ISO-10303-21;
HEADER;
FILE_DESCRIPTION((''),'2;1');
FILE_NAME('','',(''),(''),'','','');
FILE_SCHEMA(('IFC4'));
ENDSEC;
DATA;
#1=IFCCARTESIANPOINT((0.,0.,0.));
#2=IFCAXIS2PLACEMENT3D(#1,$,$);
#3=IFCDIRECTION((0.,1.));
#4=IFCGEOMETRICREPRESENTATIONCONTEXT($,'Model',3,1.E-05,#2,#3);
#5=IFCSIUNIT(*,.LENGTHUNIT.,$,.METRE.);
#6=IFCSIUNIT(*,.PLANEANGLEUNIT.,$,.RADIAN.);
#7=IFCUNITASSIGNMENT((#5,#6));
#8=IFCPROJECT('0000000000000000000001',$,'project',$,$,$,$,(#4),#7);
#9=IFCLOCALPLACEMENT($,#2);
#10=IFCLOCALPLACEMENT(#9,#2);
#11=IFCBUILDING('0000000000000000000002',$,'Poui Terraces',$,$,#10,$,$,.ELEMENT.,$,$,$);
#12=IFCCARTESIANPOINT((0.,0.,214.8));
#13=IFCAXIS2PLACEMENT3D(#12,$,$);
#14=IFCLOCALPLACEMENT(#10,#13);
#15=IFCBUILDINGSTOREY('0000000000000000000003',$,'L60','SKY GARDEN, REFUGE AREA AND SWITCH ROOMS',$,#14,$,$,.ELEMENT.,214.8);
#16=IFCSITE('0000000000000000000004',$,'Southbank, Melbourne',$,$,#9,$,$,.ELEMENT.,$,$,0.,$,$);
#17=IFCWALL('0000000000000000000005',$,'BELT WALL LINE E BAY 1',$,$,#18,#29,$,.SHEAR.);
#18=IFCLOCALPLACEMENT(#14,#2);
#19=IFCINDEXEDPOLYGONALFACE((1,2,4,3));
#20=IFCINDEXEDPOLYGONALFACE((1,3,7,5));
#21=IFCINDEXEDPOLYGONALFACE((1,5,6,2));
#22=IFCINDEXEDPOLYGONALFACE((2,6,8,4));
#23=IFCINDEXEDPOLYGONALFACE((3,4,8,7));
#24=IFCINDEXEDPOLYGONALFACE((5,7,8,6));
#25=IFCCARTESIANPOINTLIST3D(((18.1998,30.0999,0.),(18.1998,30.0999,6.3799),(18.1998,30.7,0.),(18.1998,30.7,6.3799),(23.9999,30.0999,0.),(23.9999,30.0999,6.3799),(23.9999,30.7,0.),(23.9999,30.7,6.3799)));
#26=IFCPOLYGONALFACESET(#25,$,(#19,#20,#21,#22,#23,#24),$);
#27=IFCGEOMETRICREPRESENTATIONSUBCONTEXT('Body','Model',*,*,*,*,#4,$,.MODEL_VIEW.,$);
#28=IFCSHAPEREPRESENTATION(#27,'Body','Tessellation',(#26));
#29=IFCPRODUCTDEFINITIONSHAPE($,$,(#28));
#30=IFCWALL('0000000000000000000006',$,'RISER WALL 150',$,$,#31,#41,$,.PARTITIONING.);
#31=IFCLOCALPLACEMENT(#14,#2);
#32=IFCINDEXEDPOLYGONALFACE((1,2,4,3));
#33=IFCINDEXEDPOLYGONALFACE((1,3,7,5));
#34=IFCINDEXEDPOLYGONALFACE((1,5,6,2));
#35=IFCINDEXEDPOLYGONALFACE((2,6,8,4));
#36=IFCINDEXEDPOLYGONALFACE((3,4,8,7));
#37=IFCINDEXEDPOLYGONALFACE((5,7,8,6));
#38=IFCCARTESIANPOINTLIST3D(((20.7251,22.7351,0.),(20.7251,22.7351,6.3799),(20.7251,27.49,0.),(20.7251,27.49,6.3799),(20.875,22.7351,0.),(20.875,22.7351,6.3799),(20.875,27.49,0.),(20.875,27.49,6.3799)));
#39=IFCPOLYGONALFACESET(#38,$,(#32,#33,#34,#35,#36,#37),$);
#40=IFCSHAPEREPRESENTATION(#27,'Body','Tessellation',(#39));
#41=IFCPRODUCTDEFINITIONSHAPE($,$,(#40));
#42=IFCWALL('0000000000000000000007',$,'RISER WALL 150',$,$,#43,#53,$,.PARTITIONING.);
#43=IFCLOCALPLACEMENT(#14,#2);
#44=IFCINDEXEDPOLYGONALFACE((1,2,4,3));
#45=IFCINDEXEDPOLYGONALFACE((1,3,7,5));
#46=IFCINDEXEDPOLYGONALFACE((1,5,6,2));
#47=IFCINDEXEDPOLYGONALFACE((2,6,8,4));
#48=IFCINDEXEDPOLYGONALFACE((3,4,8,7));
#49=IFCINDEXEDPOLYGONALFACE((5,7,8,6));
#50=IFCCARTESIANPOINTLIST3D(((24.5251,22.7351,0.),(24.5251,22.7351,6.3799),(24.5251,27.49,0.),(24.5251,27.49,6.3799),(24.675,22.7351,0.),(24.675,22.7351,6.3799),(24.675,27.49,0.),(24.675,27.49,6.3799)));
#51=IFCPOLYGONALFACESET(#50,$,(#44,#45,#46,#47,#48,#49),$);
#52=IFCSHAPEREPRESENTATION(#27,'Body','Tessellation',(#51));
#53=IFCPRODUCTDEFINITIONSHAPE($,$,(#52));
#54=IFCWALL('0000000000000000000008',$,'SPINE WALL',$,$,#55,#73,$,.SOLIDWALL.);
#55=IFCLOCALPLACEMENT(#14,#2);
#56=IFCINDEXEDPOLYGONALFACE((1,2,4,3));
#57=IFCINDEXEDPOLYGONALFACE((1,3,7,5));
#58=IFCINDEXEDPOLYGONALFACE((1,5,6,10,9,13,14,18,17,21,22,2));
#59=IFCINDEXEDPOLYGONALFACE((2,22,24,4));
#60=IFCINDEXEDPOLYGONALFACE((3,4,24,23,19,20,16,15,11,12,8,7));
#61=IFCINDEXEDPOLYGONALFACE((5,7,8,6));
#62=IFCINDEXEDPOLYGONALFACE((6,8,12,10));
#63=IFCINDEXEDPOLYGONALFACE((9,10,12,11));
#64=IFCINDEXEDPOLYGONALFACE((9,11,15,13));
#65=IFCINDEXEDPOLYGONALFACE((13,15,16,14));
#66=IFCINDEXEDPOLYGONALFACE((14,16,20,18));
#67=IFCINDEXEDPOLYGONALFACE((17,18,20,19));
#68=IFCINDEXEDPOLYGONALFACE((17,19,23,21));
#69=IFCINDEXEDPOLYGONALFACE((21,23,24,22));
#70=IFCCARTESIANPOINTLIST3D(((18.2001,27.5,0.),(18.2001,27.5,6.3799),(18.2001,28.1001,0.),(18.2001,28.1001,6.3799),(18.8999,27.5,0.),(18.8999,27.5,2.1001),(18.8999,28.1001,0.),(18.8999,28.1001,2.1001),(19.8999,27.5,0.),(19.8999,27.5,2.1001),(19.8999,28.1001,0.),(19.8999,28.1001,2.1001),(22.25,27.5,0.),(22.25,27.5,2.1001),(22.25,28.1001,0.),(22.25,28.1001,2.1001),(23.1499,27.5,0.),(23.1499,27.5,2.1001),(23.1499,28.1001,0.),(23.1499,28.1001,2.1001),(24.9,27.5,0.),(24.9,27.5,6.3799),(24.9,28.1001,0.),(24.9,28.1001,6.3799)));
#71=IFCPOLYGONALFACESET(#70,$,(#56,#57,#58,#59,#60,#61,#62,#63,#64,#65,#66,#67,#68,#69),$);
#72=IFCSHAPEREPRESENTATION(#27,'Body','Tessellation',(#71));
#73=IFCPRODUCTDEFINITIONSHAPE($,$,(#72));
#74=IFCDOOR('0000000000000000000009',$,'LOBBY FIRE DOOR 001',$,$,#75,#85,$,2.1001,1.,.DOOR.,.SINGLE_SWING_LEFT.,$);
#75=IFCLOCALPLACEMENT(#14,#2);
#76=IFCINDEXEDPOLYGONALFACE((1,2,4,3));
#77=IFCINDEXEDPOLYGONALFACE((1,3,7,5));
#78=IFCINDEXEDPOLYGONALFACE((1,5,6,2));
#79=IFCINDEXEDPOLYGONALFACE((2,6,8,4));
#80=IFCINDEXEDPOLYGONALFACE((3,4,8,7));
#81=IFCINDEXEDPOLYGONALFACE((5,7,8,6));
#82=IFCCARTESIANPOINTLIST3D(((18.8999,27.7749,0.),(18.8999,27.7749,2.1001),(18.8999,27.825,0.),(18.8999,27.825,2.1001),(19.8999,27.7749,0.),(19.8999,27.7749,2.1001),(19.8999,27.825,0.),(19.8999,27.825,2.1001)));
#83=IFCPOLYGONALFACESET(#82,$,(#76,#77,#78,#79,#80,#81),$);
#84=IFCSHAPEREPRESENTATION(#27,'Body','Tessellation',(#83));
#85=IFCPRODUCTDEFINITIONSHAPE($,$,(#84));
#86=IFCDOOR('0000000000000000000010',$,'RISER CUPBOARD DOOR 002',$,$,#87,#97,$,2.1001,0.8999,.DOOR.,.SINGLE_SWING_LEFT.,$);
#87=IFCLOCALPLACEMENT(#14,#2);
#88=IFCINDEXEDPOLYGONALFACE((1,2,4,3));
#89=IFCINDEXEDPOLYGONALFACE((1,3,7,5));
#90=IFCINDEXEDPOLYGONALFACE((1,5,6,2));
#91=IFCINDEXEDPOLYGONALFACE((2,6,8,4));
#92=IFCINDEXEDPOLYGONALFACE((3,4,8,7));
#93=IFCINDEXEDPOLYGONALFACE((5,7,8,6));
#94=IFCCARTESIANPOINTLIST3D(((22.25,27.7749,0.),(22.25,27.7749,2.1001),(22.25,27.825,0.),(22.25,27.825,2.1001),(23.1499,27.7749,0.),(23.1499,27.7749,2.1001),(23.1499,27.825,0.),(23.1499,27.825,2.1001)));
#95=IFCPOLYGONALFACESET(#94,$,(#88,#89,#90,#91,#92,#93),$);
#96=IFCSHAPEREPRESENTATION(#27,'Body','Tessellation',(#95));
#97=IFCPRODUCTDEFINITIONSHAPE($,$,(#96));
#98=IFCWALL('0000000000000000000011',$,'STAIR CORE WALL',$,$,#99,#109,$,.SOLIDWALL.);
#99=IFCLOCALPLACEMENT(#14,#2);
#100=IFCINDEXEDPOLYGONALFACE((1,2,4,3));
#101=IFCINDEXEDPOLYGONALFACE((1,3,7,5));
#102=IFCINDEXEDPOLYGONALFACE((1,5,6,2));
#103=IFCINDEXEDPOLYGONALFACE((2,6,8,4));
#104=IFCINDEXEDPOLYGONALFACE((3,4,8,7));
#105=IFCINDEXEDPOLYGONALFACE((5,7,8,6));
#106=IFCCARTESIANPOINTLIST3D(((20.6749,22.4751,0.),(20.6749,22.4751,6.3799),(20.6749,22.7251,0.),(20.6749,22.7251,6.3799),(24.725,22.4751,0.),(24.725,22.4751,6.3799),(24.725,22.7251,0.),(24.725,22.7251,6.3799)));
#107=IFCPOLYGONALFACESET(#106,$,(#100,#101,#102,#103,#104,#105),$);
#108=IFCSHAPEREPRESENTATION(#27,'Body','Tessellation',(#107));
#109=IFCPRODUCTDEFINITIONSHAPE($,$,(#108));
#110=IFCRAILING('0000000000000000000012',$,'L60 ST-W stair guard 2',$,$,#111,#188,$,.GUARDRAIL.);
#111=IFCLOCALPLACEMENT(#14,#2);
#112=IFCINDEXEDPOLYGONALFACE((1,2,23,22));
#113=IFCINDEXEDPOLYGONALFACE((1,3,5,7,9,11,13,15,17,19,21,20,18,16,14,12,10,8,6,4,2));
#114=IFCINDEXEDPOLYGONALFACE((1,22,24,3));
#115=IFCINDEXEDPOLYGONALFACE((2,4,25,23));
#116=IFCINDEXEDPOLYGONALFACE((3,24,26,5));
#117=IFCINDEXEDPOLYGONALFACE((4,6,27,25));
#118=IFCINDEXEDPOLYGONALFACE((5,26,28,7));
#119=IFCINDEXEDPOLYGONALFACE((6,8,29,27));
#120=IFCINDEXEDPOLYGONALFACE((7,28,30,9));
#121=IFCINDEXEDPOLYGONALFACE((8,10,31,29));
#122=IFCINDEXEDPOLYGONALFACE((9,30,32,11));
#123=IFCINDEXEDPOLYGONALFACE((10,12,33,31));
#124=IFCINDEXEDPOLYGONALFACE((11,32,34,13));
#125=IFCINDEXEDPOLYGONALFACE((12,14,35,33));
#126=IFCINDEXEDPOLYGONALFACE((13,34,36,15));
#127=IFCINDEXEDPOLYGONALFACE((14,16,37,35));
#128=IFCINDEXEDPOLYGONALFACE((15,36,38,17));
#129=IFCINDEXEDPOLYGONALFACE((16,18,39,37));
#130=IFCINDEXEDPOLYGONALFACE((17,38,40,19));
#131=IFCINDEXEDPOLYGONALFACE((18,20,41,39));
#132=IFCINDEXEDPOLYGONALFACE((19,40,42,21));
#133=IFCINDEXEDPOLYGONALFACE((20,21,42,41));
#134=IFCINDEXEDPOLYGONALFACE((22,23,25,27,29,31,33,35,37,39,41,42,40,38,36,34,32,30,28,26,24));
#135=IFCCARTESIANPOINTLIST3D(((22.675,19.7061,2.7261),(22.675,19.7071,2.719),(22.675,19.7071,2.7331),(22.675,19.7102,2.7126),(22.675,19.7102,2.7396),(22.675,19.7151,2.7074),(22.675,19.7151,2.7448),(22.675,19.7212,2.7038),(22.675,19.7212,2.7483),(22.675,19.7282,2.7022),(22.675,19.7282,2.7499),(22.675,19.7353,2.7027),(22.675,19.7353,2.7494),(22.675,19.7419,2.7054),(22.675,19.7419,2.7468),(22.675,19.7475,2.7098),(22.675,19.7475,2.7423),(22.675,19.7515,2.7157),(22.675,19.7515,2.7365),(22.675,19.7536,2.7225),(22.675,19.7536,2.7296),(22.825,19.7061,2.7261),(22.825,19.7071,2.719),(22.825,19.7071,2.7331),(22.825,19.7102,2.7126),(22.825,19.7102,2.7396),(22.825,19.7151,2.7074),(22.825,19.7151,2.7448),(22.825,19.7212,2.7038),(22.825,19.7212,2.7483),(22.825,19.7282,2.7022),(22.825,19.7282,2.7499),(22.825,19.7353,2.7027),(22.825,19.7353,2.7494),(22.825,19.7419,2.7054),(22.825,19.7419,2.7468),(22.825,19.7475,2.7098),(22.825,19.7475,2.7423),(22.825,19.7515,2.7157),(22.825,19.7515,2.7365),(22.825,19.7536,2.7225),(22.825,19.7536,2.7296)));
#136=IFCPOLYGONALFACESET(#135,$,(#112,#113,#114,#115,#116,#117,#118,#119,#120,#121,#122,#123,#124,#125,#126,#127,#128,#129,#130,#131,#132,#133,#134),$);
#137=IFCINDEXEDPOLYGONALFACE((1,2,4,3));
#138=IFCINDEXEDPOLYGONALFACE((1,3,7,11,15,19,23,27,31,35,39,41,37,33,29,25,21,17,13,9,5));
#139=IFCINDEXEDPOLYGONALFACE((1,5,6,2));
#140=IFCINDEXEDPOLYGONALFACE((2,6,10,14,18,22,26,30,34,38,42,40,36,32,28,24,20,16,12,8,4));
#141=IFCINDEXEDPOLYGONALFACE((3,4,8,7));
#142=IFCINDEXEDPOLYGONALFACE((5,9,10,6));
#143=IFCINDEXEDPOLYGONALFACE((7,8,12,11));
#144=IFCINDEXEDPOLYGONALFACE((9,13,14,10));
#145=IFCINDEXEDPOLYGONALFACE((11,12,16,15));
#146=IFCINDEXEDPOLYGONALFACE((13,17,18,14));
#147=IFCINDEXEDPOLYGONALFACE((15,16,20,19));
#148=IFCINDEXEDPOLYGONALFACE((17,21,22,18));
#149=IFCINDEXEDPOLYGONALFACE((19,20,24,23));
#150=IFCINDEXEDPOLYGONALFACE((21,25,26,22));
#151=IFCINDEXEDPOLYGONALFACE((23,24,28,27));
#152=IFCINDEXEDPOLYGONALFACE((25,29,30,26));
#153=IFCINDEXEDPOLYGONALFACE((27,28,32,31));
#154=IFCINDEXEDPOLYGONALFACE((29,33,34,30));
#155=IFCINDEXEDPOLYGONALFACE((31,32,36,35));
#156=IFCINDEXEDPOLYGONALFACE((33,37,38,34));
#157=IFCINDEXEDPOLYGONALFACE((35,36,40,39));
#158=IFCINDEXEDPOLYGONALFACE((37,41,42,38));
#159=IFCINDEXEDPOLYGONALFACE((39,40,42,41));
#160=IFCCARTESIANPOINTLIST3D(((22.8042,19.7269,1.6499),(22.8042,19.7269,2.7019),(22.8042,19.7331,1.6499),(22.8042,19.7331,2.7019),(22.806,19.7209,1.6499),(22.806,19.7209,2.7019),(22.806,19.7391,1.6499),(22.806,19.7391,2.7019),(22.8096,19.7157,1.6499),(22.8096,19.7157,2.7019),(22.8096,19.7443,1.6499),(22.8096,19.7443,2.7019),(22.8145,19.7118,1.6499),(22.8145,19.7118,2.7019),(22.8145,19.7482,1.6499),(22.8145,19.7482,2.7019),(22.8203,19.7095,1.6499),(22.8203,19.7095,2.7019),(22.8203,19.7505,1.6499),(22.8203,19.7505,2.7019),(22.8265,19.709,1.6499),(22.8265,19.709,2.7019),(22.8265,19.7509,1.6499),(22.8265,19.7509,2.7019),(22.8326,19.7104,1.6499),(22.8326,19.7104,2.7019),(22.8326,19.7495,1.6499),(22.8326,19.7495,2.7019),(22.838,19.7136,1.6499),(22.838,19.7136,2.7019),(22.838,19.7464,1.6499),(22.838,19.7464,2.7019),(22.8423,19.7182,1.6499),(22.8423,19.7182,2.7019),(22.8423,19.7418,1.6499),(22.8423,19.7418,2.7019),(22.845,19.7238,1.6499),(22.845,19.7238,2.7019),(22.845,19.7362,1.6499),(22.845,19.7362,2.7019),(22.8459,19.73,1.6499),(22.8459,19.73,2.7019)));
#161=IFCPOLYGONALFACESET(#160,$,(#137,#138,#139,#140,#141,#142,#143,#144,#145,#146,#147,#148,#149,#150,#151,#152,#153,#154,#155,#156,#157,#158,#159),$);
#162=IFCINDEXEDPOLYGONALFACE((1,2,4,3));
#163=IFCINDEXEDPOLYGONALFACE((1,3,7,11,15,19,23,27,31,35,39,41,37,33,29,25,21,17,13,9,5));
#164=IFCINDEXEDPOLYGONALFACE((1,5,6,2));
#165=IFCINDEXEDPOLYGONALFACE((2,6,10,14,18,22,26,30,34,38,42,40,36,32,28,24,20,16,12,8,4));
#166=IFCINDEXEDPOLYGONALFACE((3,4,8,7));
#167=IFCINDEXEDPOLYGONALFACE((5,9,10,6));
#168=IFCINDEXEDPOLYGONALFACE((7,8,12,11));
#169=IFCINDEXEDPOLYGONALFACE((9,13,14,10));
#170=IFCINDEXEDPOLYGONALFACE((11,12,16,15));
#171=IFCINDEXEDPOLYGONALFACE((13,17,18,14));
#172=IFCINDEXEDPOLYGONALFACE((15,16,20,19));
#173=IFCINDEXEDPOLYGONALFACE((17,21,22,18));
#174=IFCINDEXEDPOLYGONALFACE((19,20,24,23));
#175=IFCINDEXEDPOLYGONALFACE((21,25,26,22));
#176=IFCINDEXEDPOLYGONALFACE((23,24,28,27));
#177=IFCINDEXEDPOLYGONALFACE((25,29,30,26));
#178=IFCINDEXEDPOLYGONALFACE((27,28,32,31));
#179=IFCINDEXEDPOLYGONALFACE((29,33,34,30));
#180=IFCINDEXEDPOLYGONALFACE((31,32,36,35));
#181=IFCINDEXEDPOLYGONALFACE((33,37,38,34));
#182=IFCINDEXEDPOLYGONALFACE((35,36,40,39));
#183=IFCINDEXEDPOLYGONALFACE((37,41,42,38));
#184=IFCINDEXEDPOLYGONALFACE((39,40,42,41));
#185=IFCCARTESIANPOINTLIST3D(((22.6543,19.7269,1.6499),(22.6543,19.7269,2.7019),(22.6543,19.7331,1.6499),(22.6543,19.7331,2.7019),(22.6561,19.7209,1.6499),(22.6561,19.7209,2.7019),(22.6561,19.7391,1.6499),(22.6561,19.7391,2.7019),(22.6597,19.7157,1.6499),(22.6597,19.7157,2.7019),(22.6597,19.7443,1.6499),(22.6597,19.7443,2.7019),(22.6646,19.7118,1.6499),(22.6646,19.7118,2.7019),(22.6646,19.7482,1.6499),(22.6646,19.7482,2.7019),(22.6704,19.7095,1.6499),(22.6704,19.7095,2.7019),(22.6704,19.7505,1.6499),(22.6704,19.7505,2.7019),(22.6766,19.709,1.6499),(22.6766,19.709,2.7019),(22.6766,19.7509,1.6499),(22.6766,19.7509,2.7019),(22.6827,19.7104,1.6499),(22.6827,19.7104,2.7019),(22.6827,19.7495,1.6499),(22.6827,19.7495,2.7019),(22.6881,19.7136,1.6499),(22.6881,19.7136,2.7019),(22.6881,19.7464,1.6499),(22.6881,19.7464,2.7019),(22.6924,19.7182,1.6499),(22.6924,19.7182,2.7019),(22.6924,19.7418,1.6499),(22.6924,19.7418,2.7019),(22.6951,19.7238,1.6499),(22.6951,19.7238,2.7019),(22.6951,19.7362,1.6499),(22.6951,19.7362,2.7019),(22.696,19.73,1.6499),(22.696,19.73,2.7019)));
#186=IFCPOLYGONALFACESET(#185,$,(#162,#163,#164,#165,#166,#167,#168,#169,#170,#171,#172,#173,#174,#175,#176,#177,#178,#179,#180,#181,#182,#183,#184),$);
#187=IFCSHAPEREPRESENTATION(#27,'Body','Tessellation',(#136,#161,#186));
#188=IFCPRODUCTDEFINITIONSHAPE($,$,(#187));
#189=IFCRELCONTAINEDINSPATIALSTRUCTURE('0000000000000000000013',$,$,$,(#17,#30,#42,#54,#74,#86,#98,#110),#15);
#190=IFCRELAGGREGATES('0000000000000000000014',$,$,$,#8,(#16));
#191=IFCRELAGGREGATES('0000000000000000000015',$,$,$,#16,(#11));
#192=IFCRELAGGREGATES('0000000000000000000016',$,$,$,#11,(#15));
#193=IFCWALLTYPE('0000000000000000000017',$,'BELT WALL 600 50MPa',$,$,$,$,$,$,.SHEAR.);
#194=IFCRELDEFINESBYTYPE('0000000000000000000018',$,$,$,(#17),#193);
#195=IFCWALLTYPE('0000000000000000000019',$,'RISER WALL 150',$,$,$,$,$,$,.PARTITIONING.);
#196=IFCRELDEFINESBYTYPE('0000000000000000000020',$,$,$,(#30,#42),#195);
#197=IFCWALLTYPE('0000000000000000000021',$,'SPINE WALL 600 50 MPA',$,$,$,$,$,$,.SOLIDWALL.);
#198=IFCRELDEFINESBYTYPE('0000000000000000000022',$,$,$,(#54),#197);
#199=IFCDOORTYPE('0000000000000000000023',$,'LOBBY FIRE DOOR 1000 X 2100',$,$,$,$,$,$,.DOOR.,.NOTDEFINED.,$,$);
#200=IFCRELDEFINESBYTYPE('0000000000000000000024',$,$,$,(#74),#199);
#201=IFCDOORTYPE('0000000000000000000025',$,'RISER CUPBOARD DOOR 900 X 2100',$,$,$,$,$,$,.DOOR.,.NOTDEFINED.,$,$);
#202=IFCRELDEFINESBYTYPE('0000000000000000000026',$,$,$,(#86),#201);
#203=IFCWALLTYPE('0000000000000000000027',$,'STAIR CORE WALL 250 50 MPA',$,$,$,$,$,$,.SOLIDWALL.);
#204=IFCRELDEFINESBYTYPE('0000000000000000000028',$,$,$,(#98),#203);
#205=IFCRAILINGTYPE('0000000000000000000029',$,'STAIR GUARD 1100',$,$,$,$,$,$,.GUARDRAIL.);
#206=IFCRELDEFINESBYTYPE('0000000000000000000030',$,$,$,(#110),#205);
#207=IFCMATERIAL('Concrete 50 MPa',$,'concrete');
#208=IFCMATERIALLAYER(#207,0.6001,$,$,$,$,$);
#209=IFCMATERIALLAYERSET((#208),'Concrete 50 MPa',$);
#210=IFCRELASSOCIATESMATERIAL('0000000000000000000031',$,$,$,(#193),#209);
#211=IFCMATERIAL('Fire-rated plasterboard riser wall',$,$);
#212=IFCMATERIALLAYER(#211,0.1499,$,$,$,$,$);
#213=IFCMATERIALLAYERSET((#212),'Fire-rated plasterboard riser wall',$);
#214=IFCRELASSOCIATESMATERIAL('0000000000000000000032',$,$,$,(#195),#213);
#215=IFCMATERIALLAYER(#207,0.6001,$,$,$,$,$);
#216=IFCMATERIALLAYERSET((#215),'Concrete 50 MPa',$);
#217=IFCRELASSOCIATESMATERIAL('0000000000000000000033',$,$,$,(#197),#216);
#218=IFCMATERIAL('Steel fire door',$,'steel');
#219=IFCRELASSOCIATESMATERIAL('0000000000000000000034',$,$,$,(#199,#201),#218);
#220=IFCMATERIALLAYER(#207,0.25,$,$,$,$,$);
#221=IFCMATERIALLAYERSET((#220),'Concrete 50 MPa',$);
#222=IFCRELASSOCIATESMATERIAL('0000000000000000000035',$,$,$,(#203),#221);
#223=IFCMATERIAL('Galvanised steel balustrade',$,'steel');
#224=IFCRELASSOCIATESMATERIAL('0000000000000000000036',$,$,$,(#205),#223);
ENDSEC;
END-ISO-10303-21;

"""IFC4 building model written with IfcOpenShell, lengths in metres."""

from ifc_helpers import new_model, si_unit, direction, frame, frame_2d, origin, origin_2d, place, context, subcontext, project, spatial, rectangle, circle, extrude, material, layer, layer_set, type_object, element, fill, save


model = new_model("IFC4")

# Units and contexts
model_context = context("Model", 3, precision=1e-05, world=origin(), true_north=direction((0.0, 1.0)))
body_context = subcontext(model_context, "Body", "Model", "MODEL_VIEW")
ifc_project = project(units=[si_unit("LENGTHUNIT", "METRE"), si_unit("PLANEANGLEUNIT", "RADIAN")], contexts=[model_context])

# Site, building, storey
site_placement = place(None, origin())
site = spatial("IfcSite", under=ifc_project, at=site_placement, Name="Southbank, Melbourne", CompositionType="ELEMENT", RefElevation=0.0)
building_placement = place(site_placement, origin())
building = spatial("IfcBuilding", under=site, at=building_placement, Name="Poui Terraces", CompositionType="ELEMENT")
storey_placement = place(building_placement, frame((0.0, 0.0, 214.8)))
storey = spatial("IfcBuildingStorey", under=building, at=storey_placement, Name="L60", Description="SKY GARDEN, REFUGE AREA AND SWITCH ROOMS", CompositionType="ELEMENT", Elevation=214.8)

# Walls
ifc_material_1 = material(Name="Concrete 50 MPa", Category="concrete")
ifc_layer_1 = layer(ifc_material_1, 0.6001)
ifc_layer_set_1 = layer_set([ifc_layer_1], Name="Concrete 50 MPa")
wall_type_1 = type_object("IfcWallType", Name="BELT WALL 600 50MPa", PredefinedType="SHEAR", material=ifc_layer_set_1)
wall_1_placement = place(storey_placement, frame((18.2, 30.3999, 0.0), z_axis=(0.0, 0.0, 1.0), x_axis=(1.0, 0.0, 0.0)))
element("IfcWall", 1, at=wall_1_placement, inside=storey, type_object=wall_type_1, Name="BELT WALL LINE E BAY 1", PredefinedType="SHEAR", context=body_context, shape_type="SweptSolid", body=[
    extrude(rectangle(XDim=5.8, YDim=0.6001, at=frame_2d((2.8999, 0.0))), origin(), (0.0, 0.0, 1.0), 6.3799),
])
ifc_material_2 = material(Name="Fire-rated plasterboard riser wall")
ifc_layer_2 = layer(ifc_material_2, 0.1499)
ifc_layer_set_2 = layer_set([ifc_layer_2], Name="Fire-rated plasterboard riser wall")
wall_type_2 = type_object("IfcWallType", Name="RISER WALL 150", PredefinedType="PARTITIONING", material=ifc_layer_set_2)
for number, where, z_axis, x_axis, name in (
    (2, (20.8, 22.7351, 0.0), (0.0, 0.0, 1.0), (0.0, 1.0, 0.0), "RISER WALL 150"),
    (3, (24.6001, 22.7351, 0.0), (0.0, 0.0, 1.0), (0.0, 1.0, 0.0), "RISER WALL 150"),
):
    element("IfcWall", number, at=place(storey_placement, frame(where, z_axis=z_axis, x_axis=x_axis)), inside=storey, type_object=wall_type_2, Name=name, PredefinedType="PARTITIONING", context=body_context, shape_type="SweptSolid", body=[
        extrude(rectangle(XDim=4.7549, YDim=0.1499, at=frame_2d((2.3774, 0.0))), origin(), (0.0, 0.0, 1.0), 6.3799),
    ])

# Wall, openings, doors
ifc_layer_3 = layer(ifc_material_1, 0.6001)
ifc_layer_set_3 = layer_set([ifc_layer_3], Name="Concrete 50 MPa")
wall_type_3 = type_object("IfcWallType", Name="SPINE WALL 600 50 MPA", PredefinedType="SOLIDWALL", material=ifc_layer_set_3)
wall_2_placement = place(storey_placement, frame((18.2, 27.8, 0.0), z_axis=(0.0, 0.0, 1.0), x_axis=(1.0, 0.0, 0.0)))
wall_2 = element("IfcWall", 4, at=wall_2_placement, inside=storey, type_object=wall_type_3, Name="SPINE WALL", PredefinedType="SOLIDWALL", context=body_context, shape_type="SweptSolid", body=[
    extrude(rectangle(XDim=6.7, YDim=0.6001, at=frame_2d((3.3501, 0.0))), origin(), (0.0, 0.0, 1.0), 6.3799),
])
opening_1_placement = place(wall_2_placement, frame((0.7, 0.0, 0.0)))
opening_1 = element("IfcOpeningElement", 5, at=opening_1_placement, cuts=wall_2, PredefinedType="OPENING", context=body_context, shape_type="SweptSolid", body=[
    extrude(rectangle(XDim=1.0, YDim=2.1001, at=frame_2d((0.5, 1.05))), frame((0.0, 0.3101, 0.0), z_axis=(0.0, -1.0, 0.0), x_axis=(1.0, 0.0, 0.0)), (0.0, 0.0, 1.0), 0.6201),
])
opening_2_placement = place(wall_2_placement, frame((4.05, 0.0, 0.0)))
opening_2 = element("IfcOpeningElement", 6, at=opening_2_placement, cuts=wall_2, PredefinedType="OPENING", context=body_context, shape_type="SweptSolid", body=[
    extrude(rectangle(XDim=0.8999, YDim=2.1001, at=frame_2d((0.45, 1.05))), frame((0.0, 0.3101, 0.0), z_axis=(0.0, -1.0, 0.0), x_axis=(1.0, 0.0, 0.0)), (0.0, 0.0, 1.0), 0.6201),
])
ifc_material_3 = material(Name="Steel fire door", Category="steel")
door_type_1 = type_object("IfcDoorType", Name="LOBBY FIRE DOOR 1000 X 2100", OperationType="NOTDEFINED", PredefinedType="DOOR", material=ifc_material_3)
door_1_placement = place(opening_1_placement, origin())
door_1 = element("IfcDoor", 7, at=door_1_placement, inside=storey, type_object=door_type_1, Name="LOBBY FIRE DOOR 001", OperationType="SINGLE_SWING_LEFT", OverallHeight=2.1001, OverallWidth=1.0, PredefinedType="DOOR", context=body_context, shape_type="SweptSolid", body=[
    extrude(rectangle(XDim=1.0, YDim=2.1001, at=frame_2d((0.5, 1.05))), frame((0.0, 0.0249, 0.0), z_axis=(0.0, -1.0, 0.0), x_axis=(1.0, 0.0, 0.0)), (0.0, 0.0, 1.0), 0.05),
])
fill(opening_1, door_1)
door_type_2 = type_object("IfcDoorType", Name="RISER CUPBOARD DOOR 900 X 2100", OperationType="NOTDEFINED", PredefinedType="DOOR", material=ifc_material_3)
door_2_placement = place(opening_2_placement, origin())
door_2 = element("IfcDoor", 8, at=door_2_placement, inside=storey, type_object=door_type_2, Name="RISER CUPBOARD DOOR 002", OperationType="SINGLE_SWING_LEFT", OverallHeight=2.1001, OverallWidth=0.8999, PredefinedType="DOOR", context=body_context, shape_type="SweptSolid", body=[
    extrude(rectangle(XDim=0.8999, YDim=2.1001, at=frame_2d((0.45, 1.05))), frame((0.0, 0.0249, 0.0), z_axis=(0.0, -1.0, 0.0), x_axis=(1.0, 0.0, 0.0)), (0.0, 0.0, 1.0), 0.05),
])
fill(opening_2, door_2)

# Wall
ifc_layer_4 = layer(ifc_material_1, 0.25)
ifc_layer_set_4 = layer_set([ifc_layer_4], Name="Concrete 50 MPa")
wall_type_4 = type_object("IfcWallType", Name="STAIR CORE WALL 250 50 MPA", PredefinedType="SOLIDWALL", material=ifc_layer_set_4)
wall_3_placement = place(storey_placement, frame((20.675, 22.6001, 0.0), z_axis=(0.0, 0.0, 1.0), x_axis=(1.0, 0.0, 0.0)))
element("IfcWall", 9, at=wall_3_placement, inside=storey, type_object=wall_type_4, Name="STAIR CORE WALL", PredefinedType="SOLIDWALL", context=body_context, shape_type="SweptSolid", body=[
    extrude(rectangle(XDim=4.05, YDim=0.25, at=frame_2d((2.0249, 0.0))), origin(), (0.0, 0.0, 1.0), 6.3799),
])

# Railing
ifc_material_4 = material(Name="Galvanised steel balustrade", Category="steel")
railing_type = type_object("IfcRailingType", Name="STAIR GUARD 1100", PredefinedType="GUARDRAIL", material=ifc_material_4)
for number, where, name in (
    (10, (22.825, 19.73, 1.6499), "L60 ST-W stair guard 2"),
):
    element("IfcRailing", number, at=place(storey_placement, frame(where)), inside=storey, type_object=railing_type, Name=name, PredefinedType="GUARDRAIL", context=body_context, shape_type="SweptSolid", body=[
        extrude(circle(Radius=0.0239, at=origin_2d()), frame((0.0, 0.0, 1.0762), z_axis=(-1.0, 0.0, 0.0), x_axis=(0.0, -1.0, 0.0)), (0.0, 0.0, 1.0), 0.1499),
        extrude(circle(Radius=0.021, at=origin_2d()), origin(), (0.0, 0.0, 1.0), 1.052),
        extrude(circle(Radius=0.021, at=origin_2d()), frame((-0.1499, 0.0, 0.0)), (0.0, 0.0, 1.0), 1.052),
    ])

save(model, "model.ifc")
